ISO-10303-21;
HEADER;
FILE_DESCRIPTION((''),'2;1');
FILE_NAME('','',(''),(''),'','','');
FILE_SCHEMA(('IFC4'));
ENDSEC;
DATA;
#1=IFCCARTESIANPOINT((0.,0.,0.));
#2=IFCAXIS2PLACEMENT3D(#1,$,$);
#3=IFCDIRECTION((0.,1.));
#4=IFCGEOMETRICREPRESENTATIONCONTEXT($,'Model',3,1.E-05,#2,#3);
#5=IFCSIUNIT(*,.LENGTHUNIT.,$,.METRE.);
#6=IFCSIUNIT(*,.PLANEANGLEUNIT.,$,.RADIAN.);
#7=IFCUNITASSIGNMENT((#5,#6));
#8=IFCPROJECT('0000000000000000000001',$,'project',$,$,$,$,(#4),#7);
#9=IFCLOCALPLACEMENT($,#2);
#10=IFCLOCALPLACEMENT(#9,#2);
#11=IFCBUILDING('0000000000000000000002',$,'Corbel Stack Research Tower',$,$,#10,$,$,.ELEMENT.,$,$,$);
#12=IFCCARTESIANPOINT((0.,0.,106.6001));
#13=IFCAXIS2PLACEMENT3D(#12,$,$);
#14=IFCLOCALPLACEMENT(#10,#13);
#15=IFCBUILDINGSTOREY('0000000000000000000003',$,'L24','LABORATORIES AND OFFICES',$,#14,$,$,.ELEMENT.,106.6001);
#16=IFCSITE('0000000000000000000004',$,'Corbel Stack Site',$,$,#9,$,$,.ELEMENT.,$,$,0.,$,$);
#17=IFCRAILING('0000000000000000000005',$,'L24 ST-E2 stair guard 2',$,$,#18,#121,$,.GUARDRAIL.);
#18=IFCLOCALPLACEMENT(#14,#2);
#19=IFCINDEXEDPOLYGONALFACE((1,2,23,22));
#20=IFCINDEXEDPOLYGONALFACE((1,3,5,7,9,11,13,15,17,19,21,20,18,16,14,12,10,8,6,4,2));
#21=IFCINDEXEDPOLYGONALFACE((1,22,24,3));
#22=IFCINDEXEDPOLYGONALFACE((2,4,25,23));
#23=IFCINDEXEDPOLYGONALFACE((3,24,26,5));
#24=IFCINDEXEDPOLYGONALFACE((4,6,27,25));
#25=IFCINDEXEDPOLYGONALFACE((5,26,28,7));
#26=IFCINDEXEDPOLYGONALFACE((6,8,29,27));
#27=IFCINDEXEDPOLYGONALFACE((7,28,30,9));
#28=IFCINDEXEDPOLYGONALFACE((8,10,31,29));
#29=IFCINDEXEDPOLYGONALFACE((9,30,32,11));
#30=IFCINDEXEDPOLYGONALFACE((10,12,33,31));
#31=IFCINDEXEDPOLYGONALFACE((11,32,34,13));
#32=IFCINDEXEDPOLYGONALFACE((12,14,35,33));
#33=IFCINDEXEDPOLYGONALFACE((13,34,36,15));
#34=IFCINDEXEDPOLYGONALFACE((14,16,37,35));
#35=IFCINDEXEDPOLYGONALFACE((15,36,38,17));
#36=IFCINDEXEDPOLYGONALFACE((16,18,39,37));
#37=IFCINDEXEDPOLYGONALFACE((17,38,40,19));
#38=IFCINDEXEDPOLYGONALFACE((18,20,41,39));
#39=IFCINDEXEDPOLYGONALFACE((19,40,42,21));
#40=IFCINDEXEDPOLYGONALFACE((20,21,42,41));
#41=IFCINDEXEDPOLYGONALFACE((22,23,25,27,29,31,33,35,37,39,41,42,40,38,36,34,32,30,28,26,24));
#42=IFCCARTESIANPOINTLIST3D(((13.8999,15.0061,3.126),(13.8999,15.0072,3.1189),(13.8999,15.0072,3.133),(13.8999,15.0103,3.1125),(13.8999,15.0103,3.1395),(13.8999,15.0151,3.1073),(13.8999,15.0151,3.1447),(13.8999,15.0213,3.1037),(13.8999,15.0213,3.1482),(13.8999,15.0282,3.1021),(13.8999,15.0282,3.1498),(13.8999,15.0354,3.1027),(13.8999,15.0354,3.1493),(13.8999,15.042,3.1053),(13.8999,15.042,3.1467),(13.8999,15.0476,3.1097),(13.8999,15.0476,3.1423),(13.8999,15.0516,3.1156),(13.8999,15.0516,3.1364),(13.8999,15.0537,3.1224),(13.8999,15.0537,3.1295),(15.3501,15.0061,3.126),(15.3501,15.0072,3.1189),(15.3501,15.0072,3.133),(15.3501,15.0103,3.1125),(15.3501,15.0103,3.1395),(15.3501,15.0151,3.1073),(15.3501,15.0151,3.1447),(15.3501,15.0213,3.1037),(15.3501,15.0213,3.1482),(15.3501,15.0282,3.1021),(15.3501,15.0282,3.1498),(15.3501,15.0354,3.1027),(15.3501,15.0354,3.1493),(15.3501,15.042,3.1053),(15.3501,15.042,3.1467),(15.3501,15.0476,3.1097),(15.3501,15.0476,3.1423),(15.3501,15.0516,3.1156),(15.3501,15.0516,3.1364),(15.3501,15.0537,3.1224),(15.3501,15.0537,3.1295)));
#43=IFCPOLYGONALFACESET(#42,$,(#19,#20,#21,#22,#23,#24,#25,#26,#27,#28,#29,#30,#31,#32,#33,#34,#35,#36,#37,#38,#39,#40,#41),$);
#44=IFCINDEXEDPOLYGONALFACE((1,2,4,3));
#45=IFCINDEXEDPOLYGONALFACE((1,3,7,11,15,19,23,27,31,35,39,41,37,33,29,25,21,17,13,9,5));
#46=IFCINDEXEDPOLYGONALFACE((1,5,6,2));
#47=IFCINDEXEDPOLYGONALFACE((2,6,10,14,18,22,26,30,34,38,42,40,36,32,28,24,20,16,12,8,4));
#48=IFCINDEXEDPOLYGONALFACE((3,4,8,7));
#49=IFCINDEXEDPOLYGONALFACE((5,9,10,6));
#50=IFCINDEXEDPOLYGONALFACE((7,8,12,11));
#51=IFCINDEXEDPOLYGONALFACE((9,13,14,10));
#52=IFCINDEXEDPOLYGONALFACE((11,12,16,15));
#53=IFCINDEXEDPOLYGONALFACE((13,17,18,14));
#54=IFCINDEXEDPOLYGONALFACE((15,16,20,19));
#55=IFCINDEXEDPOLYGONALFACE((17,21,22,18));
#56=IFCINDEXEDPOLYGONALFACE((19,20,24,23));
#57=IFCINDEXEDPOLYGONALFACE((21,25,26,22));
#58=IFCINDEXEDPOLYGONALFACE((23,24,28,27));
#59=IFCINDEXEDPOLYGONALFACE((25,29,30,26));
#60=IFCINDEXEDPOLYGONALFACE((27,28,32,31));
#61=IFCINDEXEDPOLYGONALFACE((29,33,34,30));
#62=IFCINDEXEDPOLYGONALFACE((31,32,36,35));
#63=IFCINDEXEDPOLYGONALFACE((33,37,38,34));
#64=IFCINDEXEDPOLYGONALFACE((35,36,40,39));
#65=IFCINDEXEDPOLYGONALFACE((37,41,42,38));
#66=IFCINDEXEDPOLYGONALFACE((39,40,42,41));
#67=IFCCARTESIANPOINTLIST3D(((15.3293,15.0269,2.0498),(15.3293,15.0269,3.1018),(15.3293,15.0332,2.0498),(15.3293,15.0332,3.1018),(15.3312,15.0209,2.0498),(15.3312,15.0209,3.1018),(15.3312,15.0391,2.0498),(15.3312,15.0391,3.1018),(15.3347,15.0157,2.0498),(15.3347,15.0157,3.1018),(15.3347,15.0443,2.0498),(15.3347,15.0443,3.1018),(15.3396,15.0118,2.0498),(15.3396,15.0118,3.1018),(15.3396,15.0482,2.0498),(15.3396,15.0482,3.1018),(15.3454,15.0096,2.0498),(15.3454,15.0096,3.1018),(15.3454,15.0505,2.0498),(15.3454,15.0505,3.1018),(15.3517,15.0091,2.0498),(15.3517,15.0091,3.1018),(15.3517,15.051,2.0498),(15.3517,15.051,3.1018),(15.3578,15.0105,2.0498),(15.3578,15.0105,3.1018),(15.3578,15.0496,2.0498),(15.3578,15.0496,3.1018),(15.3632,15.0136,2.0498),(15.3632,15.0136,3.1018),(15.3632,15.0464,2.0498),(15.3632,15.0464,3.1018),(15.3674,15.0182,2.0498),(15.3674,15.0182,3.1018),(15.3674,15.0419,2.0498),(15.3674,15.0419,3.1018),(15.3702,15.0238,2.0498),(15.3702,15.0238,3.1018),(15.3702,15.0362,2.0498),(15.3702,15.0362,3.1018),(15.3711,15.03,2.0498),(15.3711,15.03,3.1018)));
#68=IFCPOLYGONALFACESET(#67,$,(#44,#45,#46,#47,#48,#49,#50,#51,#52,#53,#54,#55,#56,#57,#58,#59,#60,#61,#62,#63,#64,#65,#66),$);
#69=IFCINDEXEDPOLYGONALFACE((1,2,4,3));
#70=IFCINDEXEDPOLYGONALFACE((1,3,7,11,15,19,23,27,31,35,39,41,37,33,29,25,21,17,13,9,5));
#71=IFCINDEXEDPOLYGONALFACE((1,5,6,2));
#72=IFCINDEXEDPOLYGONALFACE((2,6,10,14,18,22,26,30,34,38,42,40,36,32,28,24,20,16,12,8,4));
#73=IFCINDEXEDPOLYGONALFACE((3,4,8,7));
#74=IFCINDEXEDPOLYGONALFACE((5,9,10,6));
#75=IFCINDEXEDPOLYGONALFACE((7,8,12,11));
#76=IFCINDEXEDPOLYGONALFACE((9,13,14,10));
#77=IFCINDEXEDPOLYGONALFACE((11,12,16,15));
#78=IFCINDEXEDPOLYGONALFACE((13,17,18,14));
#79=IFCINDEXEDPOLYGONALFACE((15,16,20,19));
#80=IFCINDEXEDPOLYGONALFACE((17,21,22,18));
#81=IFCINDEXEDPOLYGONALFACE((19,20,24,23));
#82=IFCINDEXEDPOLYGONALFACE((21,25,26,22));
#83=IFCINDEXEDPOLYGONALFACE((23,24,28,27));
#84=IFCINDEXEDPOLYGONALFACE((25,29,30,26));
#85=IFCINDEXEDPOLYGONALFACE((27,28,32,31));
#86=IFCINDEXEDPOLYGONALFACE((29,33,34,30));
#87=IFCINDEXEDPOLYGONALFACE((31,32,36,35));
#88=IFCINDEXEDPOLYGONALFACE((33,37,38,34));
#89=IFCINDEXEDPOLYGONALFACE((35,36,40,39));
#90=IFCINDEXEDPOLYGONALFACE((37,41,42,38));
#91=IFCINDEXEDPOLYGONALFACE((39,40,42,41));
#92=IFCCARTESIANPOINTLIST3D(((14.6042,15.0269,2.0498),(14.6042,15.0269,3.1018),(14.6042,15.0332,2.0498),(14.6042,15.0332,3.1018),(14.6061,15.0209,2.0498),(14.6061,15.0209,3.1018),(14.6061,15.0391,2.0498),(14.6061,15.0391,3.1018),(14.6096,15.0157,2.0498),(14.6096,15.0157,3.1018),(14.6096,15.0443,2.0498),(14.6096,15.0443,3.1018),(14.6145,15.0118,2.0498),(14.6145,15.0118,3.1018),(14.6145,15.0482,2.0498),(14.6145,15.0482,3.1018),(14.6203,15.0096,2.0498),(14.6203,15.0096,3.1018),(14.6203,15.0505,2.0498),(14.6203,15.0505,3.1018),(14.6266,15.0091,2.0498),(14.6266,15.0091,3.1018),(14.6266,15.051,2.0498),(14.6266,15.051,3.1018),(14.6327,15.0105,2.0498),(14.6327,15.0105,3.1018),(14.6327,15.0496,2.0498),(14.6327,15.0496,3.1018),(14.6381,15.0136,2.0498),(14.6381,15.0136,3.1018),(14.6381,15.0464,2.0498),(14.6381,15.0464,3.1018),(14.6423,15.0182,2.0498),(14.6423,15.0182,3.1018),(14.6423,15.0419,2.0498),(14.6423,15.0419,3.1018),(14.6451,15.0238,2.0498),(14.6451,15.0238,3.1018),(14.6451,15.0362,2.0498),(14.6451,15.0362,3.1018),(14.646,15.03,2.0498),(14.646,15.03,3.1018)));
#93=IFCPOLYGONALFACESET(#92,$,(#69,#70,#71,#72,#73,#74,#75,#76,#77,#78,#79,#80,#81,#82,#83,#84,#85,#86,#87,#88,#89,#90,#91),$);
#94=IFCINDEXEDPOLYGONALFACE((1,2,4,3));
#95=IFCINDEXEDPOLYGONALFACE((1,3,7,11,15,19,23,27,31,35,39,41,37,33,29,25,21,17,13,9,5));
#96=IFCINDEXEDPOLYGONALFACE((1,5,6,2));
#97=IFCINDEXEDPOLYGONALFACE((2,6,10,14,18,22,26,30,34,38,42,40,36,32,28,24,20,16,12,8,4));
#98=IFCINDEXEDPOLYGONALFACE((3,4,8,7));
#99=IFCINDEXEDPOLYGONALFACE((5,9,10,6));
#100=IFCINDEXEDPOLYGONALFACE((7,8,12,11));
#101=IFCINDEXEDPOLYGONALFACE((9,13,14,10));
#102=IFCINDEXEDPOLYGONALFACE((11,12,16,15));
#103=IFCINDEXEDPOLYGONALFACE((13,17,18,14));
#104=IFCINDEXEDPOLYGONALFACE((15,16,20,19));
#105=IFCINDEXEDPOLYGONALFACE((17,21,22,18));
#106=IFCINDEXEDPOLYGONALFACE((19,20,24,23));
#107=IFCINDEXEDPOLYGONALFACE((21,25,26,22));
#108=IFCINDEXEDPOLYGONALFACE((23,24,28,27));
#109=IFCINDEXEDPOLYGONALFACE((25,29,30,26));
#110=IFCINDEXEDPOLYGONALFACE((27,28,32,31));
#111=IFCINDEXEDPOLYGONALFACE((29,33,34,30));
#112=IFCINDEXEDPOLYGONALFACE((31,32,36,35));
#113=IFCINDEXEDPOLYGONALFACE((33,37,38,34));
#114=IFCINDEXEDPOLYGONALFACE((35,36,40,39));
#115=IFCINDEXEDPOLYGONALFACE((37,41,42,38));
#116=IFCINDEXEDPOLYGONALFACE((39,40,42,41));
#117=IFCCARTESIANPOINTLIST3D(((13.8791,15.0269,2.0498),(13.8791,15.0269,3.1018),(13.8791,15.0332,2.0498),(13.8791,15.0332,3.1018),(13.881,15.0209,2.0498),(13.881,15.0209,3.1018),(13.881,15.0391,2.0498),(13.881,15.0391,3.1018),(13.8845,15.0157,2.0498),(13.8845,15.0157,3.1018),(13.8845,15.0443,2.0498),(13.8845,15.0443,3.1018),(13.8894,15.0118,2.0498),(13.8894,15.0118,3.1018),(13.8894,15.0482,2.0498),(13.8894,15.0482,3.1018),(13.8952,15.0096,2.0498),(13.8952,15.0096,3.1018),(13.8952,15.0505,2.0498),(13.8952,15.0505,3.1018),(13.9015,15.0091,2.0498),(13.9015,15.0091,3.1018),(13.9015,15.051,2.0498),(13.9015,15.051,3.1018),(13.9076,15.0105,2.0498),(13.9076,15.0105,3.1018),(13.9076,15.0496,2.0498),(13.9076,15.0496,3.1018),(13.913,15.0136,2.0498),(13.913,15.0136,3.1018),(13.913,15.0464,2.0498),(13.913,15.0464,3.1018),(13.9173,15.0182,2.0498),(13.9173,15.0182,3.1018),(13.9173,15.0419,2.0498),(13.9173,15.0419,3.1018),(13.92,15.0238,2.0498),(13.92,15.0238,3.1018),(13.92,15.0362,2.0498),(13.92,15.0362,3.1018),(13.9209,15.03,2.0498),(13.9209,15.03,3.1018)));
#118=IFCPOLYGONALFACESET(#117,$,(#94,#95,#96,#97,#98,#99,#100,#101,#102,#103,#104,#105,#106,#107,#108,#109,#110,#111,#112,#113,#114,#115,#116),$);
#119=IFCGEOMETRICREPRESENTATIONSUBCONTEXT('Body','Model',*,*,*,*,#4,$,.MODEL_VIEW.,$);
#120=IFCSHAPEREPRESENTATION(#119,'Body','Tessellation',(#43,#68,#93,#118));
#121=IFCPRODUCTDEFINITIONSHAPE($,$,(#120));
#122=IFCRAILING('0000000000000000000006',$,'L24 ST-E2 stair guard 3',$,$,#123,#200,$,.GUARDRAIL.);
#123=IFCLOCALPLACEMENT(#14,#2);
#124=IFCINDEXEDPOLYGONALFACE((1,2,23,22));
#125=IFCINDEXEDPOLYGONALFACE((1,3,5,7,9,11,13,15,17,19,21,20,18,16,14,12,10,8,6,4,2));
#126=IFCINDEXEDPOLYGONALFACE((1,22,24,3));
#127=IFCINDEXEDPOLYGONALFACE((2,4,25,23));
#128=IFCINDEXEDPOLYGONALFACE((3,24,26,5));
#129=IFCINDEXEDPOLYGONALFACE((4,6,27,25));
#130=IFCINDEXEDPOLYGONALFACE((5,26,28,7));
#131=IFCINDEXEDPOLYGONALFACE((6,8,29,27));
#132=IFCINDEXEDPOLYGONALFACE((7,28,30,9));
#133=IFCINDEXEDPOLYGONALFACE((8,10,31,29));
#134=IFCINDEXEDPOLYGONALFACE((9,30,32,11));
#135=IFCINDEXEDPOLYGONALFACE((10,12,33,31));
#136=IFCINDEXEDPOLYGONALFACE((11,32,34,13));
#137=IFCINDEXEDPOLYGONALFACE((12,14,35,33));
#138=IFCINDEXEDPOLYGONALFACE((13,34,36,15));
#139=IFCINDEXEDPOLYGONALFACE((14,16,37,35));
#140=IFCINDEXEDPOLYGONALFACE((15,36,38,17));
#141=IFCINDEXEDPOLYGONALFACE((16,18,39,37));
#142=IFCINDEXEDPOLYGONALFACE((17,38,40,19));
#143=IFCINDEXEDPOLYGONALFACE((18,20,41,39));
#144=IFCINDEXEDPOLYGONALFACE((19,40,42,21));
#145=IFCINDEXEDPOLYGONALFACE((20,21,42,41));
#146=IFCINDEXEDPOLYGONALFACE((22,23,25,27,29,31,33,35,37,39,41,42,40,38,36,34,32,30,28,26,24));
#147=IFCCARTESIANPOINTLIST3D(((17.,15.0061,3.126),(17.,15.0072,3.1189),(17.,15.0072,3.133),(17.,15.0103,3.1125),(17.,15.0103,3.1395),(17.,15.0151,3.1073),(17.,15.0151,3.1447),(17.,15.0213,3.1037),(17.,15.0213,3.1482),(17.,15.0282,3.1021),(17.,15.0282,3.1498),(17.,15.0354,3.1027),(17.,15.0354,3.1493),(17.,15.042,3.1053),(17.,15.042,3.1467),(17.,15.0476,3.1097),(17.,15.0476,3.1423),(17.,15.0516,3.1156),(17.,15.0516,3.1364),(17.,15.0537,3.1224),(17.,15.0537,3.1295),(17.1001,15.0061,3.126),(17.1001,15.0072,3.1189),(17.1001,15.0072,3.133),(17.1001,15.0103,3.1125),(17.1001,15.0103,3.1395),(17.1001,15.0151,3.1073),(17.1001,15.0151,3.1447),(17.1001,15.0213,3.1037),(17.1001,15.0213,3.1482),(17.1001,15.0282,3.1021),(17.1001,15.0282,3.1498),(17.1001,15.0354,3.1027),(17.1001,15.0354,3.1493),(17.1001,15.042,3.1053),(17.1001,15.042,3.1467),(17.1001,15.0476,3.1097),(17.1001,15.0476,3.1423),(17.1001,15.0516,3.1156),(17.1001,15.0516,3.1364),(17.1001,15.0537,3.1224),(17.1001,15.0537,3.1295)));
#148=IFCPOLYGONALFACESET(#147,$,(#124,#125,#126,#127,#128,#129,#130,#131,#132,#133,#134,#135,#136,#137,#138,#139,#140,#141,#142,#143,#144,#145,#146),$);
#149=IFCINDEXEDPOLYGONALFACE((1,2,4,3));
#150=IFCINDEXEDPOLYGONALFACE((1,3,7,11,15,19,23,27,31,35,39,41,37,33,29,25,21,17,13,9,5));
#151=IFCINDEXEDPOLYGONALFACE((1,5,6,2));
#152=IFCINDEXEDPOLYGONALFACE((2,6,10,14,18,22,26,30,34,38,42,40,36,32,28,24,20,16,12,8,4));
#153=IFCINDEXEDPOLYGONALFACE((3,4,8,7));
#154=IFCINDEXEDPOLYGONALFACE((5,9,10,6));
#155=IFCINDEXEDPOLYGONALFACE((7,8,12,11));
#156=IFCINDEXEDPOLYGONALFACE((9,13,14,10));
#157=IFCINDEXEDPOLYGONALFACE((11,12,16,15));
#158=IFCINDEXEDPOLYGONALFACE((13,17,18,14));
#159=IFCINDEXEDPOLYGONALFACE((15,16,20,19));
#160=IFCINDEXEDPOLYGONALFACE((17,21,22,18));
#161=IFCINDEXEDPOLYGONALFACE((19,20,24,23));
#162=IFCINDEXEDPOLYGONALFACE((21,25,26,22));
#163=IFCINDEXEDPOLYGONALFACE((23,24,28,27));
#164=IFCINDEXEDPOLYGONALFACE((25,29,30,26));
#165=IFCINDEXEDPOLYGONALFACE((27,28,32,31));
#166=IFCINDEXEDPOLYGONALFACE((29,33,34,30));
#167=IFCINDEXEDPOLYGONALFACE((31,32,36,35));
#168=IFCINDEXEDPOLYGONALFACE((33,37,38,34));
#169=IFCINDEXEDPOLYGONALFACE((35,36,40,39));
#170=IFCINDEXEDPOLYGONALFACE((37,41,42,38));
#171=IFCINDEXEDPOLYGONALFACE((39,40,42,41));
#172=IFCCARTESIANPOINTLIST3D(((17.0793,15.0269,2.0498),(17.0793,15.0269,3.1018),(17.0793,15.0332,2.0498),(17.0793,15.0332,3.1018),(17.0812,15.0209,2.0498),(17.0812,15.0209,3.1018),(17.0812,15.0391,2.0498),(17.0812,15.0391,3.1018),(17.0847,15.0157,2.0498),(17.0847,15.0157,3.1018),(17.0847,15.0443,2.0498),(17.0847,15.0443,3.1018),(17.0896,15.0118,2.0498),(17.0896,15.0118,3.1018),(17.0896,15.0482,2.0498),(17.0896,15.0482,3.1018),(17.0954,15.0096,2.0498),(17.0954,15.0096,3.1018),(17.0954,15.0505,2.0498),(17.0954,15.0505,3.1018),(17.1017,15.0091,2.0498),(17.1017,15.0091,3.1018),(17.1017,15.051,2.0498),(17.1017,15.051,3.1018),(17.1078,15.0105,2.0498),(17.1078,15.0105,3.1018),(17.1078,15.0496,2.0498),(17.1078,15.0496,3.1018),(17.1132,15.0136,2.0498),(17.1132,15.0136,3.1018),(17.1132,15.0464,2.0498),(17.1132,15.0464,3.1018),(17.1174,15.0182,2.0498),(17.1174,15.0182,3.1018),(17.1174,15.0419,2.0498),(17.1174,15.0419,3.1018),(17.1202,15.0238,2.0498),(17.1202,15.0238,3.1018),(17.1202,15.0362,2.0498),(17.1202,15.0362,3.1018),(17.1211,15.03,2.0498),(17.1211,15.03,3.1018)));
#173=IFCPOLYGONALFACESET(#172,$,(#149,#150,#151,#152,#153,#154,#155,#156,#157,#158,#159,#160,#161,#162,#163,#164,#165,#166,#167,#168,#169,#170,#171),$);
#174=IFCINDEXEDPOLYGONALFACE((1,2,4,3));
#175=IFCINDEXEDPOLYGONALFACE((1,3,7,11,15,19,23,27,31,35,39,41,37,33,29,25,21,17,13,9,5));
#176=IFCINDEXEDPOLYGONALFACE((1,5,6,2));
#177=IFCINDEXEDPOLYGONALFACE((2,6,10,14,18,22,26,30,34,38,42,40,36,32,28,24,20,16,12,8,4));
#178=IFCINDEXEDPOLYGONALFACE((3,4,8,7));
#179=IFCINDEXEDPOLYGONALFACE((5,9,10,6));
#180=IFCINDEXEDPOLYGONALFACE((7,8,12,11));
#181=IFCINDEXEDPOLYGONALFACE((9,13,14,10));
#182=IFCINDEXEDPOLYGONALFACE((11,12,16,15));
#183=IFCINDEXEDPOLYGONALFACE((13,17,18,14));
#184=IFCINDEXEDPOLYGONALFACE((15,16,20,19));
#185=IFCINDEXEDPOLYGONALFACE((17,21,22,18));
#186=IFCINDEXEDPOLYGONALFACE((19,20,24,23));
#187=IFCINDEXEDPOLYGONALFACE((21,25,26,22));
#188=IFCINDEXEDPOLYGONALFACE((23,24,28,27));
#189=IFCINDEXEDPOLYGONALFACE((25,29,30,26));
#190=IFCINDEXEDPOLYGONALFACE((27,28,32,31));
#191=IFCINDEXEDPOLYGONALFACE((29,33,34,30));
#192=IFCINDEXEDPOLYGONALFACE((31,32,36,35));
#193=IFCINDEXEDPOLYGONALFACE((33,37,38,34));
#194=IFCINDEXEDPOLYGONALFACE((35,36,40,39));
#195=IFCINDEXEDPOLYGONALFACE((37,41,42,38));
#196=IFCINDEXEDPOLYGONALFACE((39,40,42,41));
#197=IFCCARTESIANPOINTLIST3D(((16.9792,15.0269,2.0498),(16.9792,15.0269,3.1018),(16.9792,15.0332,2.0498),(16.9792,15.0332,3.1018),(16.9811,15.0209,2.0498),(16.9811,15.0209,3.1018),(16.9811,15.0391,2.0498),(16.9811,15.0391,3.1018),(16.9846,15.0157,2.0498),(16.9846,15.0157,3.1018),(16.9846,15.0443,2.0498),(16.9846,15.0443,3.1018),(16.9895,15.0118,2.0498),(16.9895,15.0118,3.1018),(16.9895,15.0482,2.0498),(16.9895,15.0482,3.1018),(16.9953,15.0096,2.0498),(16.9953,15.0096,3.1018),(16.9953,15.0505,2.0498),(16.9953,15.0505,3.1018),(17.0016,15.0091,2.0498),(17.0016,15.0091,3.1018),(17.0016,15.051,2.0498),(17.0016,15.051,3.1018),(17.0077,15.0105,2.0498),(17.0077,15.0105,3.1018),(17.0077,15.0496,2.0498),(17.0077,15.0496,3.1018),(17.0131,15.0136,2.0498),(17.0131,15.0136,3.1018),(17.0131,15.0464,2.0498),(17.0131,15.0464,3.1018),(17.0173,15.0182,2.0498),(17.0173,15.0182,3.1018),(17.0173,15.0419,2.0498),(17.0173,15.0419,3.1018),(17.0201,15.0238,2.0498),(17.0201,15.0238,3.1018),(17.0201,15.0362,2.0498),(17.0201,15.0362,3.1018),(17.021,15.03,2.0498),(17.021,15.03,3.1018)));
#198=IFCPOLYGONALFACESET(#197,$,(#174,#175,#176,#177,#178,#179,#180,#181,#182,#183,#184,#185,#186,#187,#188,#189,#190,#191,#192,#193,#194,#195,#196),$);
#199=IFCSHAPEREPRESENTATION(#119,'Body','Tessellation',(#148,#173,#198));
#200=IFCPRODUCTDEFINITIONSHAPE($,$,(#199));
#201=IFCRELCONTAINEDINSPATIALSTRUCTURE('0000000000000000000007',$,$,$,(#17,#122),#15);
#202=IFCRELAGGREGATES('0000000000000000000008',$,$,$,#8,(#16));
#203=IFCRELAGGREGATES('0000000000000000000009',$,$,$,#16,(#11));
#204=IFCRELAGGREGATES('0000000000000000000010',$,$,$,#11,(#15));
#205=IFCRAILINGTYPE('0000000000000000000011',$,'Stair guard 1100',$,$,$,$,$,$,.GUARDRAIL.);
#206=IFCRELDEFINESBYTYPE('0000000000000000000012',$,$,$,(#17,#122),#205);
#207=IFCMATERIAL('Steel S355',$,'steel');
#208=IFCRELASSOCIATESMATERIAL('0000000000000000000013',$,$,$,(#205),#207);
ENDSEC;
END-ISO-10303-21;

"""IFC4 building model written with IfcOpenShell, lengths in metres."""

from ifc_helpers import new_model, si_unit, direction, frame, origin, origin_2d, place, context, subcontext, project, spatial, circle, extrude, material, type_object, element, save


model = new_model("IFC4")

# Units and contexts
model_context = context("Model", 3, precision=1e-05, world=origin(), true_north=direction((0.0, 1.0)))
body_context = subcontext(model_context, "Body", "Model", "MODEL_VIEW")
ifc_project = project(units=[si_unit("LENGTHUNIT", "METRE"), si_unit("PLANEANGLEUNIT", "RADIAN")], contexts=[model_context])

# Site, building, storey
site_placement = place(None, origin())
site = spatial("IfcSite", under=ifc_project, at=site_placement, Name="Corbel Stack Site", CompositionType="ELEMENT", RefElevation=0.0)
building_placement = place(site_placement, origin())
building = spatial("IfcBuilding", under=site, at=building_placement, Name="Corbel Stack Research Tower", CompositionType="ELEMENT")
storey_placement = place(building_placement, frame((0.0, 0.0, 106.6001)))
storey = spatial("IfcBuildingStorey", under=building, at=storey_placement, Name="L24", Description="LABORATORIES AND OFFICES", CompositionType="ELEMENT", Elevation=106.6001)

# Railings
ifc_material_1 = material(Name="Steel S355", Category="steel")
railing_type_1 = type_object("IfcRailingType", Name="Stair guard 1100", PredefinedType="GUARDRAIL", material=ifc_material_1)
railing_1_placement = place(storey_placement, frame((15.3501, 15.03, 2.0498)))
element("IfcRailing", 1, at=railing_1_placement, inside=storey, type_object=railing_type_1, Name="L24 ST-E2 stair guard 2", PredefinedType="GUARDRAIL", context=body_context, shape_type="SweptSolid", body=[
    extrude(circle(Radius=0.0239, at=origin_2d()), frame((0.0, 0.0, 1.0762), z_axis=(-1.0, 0.0, 0.0), x_axis=(0.0, -1.0, 0.0)), (0.0, 0.0, 1.0), 1.4502),
    extrude(circle(Radius=0.021, at=origin_2d()), origin(), (0.0, 0.0, 1.0), 1.052),
    extrude(circle(Radius=0.021, at=origin_2d()), frame((-0.7251, 0.0, 0.0)), (0.0, 0.0, 1.0), 1.052),
    extrude(circle(Radius=0.021, at=origin_2d()), frame((-1.4502, 0.0, 0.0)), (0.0, 0.0, 1.0), 1.052),
])
railing_2_placement = place(storey_placement, frame((17.1001, 15.03, 2.0498)))
element("IfcRailing", 2, at=railing_2_placement, inside=storey, type_object=railing_type_1, Name="L24 ST-E2 stair guard 3", PredefinedType="GUARDRAIL", context=body_context, shape_type="SweptSolid", body=[
    extrude(circle(Radius=0.0239, at=origin_2d()), frame((0.0, 0.0, 1.0762), z_axis=(-1.0, 0.0, 0.0), x_axis=(0.0, -1.0, 0.0)), (0.0, 0.0, 1.0), 0.1001),
    extrude(circle(Radius=0.021, at=origin_2d()), origin(), (0.0, 0.0, 1.0), 1.052),
    extrude(circle(Radius=0.021, at=origin_2d()), frame((-0.1001, 0.0, 0.0)), (0.0, 0.0, 1.0), 1.052),
])

save(model, "model.ifc")
